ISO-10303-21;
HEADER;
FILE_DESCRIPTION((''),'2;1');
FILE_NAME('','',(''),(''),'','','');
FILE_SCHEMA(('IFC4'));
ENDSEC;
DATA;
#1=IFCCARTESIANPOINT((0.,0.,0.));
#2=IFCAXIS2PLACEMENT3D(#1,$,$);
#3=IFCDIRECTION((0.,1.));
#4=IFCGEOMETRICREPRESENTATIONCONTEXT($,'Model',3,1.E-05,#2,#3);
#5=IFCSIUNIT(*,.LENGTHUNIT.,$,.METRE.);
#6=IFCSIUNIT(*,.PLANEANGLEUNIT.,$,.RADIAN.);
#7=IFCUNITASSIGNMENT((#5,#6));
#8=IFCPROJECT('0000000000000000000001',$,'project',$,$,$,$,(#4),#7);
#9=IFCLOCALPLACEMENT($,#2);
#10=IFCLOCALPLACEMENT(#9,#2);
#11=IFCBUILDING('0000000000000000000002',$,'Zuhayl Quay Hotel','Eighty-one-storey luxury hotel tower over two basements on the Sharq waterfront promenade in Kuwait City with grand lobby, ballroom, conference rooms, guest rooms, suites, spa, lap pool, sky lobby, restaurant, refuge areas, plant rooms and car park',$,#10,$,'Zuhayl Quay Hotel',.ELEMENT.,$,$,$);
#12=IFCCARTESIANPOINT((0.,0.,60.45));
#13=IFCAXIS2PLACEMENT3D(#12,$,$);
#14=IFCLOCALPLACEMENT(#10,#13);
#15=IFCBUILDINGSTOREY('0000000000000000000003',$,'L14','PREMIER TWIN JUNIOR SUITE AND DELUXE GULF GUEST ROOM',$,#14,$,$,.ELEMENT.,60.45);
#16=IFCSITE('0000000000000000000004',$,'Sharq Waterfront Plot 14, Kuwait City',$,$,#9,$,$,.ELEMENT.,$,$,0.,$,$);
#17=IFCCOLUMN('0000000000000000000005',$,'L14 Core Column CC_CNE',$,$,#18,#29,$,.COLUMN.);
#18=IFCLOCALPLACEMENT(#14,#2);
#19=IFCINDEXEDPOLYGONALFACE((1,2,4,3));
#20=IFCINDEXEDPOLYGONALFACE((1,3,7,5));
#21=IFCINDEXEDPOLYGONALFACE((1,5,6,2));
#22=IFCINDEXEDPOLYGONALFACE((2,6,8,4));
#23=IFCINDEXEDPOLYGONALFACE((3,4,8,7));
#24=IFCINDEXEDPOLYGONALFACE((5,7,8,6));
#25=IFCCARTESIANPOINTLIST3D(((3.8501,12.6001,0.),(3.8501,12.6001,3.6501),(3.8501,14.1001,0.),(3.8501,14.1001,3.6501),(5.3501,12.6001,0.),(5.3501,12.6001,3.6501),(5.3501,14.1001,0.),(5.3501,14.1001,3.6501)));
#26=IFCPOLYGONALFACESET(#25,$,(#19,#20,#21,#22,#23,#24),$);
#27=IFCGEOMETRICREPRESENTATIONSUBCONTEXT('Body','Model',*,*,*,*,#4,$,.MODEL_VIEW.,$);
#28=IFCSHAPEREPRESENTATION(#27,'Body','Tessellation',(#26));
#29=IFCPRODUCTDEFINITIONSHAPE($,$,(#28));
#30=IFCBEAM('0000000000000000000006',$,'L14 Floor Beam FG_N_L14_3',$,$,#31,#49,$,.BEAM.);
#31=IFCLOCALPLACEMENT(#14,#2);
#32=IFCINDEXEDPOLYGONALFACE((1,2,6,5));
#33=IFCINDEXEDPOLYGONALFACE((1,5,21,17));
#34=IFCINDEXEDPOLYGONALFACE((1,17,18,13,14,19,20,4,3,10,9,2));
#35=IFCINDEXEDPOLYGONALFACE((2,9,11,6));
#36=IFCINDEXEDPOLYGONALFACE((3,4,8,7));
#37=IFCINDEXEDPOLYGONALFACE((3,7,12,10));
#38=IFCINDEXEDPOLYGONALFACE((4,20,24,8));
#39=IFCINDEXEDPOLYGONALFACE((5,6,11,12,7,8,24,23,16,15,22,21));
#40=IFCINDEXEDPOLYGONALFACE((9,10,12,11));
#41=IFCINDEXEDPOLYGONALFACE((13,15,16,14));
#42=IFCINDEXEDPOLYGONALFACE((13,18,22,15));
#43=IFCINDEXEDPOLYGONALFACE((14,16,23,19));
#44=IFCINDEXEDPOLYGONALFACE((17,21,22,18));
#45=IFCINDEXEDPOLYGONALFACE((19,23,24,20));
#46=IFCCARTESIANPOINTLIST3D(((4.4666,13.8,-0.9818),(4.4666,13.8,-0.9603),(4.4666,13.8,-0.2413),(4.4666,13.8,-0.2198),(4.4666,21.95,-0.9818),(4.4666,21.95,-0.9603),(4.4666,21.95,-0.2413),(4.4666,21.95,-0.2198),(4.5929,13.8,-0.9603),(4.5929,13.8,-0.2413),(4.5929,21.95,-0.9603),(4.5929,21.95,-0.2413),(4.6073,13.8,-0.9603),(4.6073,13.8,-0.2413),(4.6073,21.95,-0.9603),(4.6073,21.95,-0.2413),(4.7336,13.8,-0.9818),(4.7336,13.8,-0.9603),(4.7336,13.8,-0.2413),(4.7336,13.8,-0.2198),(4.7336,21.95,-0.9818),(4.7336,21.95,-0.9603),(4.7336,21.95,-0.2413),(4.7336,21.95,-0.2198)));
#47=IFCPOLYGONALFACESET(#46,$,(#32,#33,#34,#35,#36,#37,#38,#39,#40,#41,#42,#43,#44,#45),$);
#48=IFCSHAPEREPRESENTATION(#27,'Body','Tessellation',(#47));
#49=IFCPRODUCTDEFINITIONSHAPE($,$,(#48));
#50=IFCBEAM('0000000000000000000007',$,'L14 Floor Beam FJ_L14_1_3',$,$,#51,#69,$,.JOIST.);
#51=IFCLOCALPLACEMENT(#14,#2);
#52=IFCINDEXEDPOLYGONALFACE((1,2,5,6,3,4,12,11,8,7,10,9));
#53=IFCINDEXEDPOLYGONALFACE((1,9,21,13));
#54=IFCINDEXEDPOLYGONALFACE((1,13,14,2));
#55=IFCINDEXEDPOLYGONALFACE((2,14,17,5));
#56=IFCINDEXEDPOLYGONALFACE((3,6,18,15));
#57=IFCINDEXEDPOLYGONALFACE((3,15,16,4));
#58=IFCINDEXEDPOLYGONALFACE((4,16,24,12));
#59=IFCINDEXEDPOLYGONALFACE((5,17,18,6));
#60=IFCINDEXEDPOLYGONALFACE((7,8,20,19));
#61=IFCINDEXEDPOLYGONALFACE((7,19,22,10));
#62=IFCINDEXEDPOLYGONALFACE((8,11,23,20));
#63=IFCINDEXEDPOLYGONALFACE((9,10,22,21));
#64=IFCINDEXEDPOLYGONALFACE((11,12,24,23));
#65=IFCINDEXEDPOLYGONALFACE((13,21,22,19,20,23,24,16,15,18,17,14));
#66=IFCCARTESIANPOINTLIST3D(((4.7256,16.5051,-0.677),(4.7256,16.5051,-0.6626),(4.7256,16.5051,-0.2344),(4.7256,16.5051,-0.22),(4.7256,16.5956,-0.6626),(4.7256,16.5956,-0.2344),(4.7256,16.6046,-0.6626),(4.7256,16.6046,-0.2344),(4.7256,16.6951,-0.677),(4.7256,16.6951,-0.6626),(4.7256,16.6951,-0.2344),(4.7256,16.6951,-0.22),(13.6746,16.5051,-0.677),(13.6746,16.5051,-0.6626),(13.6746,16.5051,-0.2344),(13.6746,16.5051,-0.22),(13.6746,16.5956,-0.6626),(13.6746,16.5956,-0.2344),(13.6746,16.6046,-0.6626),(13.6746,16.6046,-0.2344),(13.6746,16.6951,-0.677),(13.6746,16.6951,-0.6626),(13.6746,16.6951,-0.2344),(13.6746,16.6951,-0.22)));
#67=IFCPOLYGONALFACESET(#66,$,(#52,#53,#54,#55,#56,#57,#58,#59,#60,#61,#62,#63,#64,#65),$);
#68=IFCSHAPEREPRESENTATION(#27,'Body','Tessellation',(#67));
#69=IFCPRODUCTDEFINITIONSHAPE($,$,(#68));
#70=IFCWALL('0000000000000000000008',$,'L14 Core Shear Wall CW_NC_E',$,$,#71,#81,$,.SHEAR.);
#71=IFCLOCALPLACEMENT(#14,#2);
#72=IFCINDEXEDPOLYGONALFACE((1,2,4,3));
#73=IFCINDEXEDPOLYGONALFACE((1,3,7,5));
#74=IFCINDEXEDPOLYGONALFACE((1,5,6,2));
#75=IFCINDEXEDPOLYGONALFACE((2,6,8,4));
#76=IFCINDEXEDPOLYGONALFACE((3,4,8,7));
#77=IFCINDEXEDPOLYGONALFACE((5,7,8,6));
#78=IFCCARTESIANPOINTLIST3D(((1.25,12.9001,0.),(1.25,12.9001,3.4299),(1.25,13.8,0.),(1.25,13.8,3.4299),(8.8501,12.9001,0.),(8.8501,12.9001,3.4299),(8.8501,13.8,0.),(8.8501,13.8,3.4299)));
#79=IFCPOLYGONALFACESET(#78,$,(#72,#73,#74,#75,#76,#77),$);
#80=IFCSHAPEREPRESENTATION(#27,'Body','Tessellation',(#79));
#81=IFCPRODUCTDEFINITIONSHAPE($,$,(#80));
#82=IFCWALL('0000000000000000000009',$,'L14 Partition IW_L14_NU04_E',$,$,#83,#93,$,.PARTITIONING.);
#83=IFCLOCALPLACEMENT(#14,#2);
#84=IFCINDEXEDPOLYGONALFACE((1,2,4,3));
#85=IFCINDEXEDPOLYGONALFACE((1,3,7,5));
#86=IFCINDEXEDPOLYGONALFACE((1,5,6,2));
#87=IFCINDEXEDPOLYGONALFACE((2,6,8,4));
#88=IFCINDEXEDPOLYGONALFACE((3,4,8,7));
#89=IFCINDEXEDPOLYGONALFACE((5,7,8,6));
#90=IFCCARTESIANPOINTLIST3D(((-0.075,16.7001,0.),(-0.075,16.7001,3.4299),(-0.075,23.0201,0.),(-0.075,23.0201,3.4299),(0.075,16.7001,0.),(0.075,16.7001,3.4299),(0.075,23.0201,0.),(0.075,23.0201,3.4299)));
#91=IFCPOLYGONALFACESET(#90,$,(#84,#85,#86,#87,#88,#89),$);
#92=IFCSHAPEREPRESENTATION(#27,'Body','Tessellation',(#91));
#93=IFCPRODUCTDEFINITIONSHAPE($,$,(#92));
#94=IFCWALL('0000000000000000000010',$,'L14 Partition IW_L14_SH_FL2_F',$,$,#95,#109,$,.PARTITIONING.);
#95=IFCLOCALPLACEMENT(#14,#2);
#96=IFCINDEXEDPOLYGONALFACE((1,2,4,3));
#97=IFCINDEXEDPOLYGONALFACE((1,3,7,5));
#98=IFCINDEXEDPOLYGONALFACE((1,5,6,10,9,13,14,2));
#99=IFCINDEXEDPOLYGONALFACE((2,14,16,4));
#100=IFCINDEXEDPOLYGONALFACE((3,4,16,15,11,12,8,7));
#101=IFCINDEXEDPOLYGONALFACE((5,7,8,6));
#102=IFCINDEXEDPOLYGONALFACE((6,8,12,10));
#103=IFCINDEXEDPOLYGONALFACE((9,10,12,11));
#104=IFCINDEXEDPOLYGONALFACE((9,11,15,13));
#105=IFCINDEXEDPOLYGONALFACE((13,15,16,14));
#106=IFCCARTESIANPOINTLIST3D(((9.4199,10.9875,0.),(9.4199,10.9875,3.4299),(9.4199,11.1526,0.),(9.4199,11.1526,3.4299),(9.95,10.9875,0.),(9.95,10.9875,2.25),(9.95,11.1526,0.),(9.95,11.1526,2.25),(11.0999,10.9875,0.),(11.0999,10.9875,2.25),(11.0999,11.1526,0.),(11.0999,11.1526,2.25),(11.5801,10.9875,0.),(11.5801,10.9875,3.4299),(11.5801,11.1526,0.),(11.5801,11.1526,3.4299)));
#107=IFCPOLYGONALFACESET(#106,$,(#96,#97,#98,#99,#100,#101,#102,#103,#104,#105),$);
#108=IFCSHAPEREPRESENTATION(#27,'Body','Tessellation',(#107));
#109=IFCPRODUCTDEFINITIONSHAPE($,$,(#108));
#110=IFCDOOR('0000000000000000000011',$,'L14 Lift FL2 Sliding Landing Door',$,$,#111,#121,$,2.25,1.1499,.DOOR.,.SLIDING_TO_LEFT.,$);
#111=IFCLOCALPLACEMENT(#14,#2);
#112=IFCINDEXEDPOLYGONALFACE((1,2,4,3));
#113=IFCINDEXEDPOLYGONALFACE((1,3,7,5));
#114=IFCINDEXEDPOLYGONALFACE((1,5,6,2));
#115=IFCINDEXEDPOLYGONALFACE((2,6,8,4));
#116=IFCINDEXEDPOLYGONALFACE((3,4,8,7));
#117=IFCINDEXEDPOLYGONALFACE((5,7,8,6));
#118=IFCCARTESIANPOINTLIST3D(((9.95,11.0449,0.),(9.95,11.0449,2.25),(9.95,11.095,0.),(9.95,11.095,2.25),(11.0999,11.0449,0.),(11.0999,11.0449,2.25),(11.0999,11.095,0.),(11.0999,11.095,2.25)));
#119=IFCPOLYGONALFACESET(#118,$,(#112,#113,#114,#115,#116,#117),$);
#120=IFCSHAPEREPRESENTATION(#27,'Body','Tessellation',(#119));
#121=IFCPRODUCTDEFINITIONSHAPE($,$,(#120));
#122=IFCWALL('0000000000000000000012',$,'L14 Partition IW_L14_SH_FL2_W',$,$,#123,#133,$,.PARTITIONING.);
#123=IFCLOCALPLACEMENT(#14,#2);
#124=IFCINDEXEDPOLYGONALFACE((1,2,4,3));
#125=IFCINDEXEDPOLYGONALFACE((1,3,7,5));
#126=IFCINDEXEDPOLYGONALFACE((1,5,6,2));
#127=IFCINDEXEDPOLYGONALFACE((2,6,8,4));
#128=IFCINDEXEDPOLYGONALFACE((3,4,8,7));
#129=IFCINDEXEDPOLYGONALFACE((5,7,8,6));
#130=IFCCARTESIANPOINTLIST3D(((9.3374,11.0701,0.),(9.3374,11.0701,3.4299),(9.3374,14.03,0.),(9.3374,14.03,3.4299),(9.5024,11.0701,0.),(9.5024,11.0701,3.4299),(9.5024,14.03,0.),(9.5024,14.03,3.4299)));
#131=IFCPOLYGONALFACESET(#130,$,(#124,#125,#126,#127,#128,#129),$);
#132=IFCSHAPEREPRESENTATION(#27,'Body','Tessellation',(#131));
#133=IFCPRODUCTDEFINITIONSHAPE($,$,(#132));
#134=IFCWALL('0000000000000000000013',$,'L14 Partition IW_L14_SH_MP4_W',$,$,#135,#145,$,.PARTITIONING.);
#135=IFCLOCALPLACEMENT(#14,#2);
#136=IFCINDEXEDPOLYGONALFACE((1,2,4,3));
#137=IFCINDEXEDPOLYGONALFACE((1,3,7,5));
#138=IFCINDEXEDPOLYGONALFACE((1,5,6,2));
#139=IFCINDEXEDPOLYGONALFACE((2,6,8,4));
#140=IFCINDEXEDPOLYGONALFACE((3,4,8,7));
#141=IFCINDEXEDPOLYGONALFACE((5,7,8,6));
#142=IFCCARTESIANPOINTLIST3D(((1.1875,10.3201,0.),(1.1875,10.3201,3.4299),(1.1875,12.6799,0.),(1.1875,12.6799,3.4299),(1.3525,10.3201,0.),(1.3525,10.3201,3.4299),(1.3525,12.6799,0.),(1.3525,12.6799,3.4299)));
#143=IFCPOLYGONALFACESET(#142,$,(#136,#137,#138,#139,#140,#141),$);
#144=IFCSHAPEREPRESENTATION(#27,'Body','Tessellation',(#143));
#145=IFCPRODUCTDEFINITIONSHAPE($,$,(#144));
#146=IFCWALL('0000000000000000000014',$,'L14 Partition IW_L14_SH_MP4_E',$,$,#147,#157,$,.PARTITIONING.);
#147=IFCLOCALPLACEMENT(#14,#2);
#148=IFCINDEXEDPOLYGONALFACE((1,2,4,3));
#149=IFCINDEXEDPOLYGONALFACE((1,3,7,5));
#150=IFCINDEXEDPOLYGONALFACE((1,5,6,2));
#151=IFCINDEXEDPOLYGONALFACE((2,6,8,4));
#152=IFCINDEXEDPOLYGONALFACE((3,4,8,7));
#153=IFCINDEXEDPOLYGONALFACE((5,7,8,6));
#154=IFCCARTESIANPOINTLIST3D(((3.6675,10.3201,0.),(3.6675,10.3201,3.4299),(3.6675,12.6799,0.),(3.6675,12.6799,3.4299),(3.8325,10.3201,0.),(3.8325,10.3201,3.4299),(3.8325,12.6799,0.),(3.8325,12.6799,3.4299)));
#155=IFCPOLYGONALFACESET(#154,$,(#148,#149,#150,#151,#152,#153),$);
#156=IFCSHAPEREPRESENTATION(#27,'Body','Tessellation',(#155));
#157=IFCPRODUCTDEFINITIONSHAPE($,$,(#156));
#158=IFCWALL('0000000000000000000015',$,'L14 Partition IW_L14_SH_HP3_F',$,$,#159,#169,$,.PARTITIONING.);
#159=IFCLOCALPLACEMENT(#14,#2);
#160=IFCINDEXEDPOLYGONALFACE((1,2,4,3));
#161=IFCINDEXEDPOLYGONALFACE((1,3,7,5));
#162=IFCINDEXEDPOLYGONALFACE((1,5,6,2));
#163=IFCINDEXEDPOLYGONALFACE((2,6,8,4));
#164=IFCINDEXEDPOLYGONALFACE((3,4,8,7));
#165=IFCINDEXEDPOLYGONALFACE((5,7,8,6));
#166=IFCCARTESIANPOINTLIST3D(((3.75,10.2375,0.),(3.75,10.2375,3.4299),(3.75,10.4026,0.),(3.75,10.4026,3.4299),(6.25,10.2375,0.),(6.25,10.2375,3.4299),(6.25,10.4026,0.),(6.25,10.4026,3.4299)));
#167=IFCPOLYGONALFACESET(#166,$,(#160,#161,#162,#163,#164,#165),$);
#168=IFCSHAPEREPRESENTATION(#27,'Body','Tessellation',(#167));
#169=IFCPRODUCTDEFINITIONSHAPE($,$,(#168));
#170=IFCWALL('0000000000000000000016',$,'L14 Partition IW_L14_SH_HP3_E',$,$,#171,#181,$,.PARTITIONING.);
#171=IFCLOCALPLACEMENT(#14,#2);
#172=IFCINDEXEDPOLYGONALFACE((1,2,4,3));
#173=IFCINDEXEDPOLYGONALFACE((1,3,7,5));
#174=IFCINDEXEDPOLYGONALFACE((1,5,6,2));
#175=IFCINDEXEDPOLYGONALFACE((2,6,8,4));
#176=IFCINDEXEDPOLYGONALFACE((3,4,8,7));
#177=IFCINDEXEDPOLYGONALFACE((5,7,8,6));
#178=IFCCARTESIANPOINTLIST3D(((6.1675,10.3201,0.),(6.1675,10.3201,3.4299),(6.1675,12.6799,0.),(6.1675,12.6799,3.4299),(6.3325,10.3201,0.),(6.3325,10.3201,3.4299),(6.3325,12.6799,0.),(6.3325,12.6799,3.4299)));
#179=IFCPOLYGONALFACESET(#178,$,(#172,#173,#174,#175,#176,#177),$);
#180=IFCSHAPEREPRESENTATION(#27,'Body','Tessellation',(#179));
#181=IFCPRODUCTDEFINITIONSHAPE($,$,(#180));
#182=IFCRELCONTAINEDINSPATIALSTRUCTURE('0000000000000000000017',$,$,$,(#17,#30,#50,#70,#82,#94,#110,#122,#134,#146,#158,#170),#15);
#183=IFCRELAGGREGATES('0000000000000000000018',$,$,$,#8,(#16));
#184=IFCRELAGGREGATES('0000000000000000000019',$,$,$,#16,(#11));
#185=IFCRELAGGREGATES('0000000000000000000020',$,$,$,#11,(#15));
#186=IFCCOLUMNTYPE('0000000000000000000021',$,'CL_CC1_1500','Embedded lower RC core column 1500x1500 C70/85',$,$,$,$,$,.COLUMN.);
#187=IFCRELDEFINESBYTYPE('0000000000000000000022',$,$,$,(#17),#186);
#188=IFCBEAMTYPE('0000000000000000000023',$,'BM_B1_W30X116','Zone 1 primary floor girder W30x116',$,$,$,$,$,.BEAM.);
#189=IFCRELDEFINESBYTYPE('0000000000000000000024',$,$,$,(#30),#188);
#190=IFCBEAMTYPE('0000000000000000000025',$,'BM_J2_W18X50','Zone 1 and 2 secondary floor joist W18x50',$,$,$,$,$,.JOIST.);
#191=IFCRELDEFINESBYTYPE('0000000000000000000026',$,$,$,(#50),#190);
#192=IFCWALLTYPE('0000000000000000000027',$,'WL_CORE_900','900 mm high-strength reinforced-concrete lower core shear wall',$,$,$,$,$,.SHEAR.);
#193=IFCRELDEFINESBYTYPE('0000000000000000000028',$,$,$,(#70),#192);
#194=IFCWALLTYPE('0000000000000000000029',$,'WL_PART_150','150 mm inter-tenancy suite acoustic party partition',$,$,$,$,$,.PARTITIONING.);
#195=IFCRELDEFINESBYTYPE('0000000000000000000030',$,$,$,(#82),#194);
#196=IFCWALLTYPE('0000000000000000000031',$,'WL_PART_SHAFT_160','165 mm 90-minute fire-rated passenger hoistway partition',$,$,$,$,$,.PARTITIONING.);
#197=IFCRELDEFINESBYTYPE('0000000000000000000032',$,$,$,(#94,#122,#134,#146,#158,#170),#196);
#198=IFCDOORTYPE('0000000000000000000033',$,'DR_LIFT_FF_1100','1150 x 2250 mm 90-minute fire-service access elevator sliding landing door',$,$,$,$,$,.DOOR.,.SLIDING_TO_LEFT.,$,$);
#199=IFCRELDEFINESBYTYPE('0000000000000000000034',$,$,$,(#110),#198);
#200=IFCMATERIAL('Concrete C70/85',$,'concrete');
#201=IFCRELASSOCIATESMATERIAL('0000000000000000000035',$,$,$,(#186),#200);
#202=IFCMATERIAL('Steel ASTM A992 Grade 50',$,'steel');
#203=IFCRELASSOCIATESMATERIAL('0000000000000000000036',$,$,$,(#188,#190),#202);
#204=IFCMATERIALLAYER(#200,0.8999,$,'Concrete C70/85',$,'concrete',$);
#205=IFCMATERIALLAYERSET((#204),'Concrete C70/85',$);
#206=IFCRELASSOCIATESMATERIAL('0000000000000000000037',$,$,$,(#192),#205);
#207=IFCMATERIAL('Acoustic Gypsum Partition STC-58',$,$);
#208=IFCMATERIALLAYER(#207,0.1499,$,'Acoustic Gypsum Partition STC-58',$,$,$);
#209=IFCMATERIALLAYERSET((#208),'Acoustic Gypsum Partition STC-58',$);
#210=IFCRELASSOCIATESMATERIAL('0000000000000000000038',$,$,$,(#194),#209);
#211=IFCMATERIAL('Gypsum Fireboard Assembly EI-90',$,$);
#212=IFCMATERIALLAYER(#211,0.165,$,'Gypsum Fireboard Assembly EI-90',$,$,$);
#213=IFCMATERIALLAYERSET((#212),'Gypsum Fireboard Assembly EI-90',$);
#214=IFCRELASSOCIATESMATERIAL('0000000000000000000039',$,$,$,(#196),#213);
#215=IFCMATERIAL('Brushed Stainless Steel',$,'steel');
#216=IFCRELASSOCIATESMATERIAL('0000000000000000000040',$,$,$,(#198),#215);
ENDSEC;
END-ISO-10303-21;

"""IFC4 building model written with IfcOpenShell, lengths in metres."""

from ifc_helpers import new_model, si_unit, direction, frame, frame_2d, origin, origin_2d, place, context, subcontext, project, spatial, rectangle, i_section, extrude, material, layer, layer_set, material_profile, profile_set, type_object, element, fill, save


model = new_model("IFC4")

# Units and contexts
model_context = context("Model", 3, precision=1e-05, world=origin(), true_north=direction((0.0, 1.0)))
body_context = subcontext(model_context, "Body", "Model", "MODEL_VIEW")
ifc_project = project(units=[si_unit("LENGTHUNIT", "METRE"), si_unit("PLANEANGLEUNIT", "RADIAN")], contexts=[model_context])

# Site, building, storey
site_placement = place(None, origin())
site = spatial("IfcSite", under=ifc_project, at=site_placement, Name="Sharq Waterfront Plot 14, Kuwait City", CompositionType="ELEMENT", RefElevation=0.0)
building_placement = place(site_placement, origin())
building = spatial("IfcBuilding", under=site, at=building_placement, Name="Zuhayl Quay Hotel", Description="Eighty-one-storey luxury hotel tower over two basements on the Sharq waterfront promenade in Kuwait City with grand lobby, ballroom, conference rooms, guest rooms, suites, spa, lap pool, sky lobby, restaurant, refuge areas, plant rooms and car park", LongName="Zuhayl Quay Hotel", CompositionType="ELEMENT")
storey_placement = place(building_placement, frame((0.0, 0.0, 60.45)))
storey = spatial("IfcBuildingStorey", under=building, at=storey_placement, Name="L14", Description="PREMIER TWIN JUNIOR SUITE AND DELUXE GULF GUEST ROOM", CompositionType="ELEMENT", Elevation=60.45)

# Column
ifc_material_1 = material(Name="Concrete C70/85", Category="concrete")
ifc_material_profile_1 = material_profile(ifc_material_1, rectangle(XDim=1.5, YDim=1.5, at=origin_2d()), Name="RC1500X1500")
ifc_profile_set_1 = profile_set([ifc_material_profile_1], Name="Concrete C70/85")
column_type = type_object("IfcColumnType", Name="CL_CC1_1500", Description="Embedded lower RC core column 1500x1500 C70/85", PredefinedType="COLUMN", material=ifc_profile_set_1)
column_placement = place(storey_placement, frame((4.6001, 13.3501, 0.0), z_axis=(0.0, 0.0, 1.0), x_axis=(1.0, 0.0, 0.0)))
element("IfcColumn", 1, at=column_placement, inside=storey, type_object=column_type, Name="L14 Core Column CC_CNE", PredefinedType="COLUMN", context=body_context, shape_type="SweptSolid", body=[
    extrude(rectangle(XDim=1.5, YDim=1.5, at=origin_2d()), origin(), (0.0, 0.0, 1.0), 3.6501),
])

# Beams
ifc_material_2 = material(Name="Steel ASTM A992 Grade 50", Category="steel")
ifc_material_profile_2 = material_profile(ifc_material_2, i_section(OverallWidth=0.2671, OverallDepth=0.762, WebThickness=0.0144, FlangeThickness=0.0215, at=origin_2d()), Name="W30X116")
ifc_profile_set_2 = profile_set([ifc_material_profile_2], Name="Steel ASTM A992 Grade 50")
beam_type_1 = type_object("IfcBeamType", Name="BM_B1_W30X116", Description="Zone 1 primary floor girder W30x116", PredefinedType="BEAM", material=ifc_profile_set_2)
beam_1_placement = place(storey_placement, frame((4.6001, 13.8, -0.6008), z_axis=(0.0, 1.0, 0.0), x_axis=(-1.0, 0.0, 0.0)))
element("IfcBeam", 2, at=beam_1_placement, inside=storey, type_object=beam_type_1, Name="L14 Floor Beam FG_N_L14_3", PredefinedType="BEAM", context=body_context, shape_type="SweptSolid", body=[
    extrude(i_section(OverallWidth=0.2671, OverallDepth=0.762, WebThickness=0.0144, FlangeThickness=0.0215, at=origin_2d()), origin(), (0.0, 0.0, 1.0), 8.1499),
])
ifc_material_profile_3 = material_profile(ifc_material_2, i_section(OverallWidth=0.1899, OverallDepth=0.457, WebThickness=0.009, FlangeThickness=0.0144, at=origin_2d()), Name="W18X50")
ifc_profile_set_3 = profile_set([ifc_material_profile_3], Name="Steel ASTM A992 Grade 50")
beam_type_2 = type_object("IfcBeamType", Name="BM_J2_W18X50", Description="Zone 1 and 2 secondary floor joist W18x50", PredefinedType="JOIST", material=ifc_profile_set_3)
beam_2_placement = place(storey_placement, frame((4.7256, 16.6001, -0.4485), z_axis=(1.0, 0.0, 0.0), x_axis=(0.0, 1.0, 0.0)))
element("IfcBeam", 3, at=beam_2_placement, inside=storey, type_object=beam_type_2, Name="L14 Floor Beam FJ_L14_1_3", PredefinedType="JOIST", context=body_context, shape_type="SweptSolid", body=[
    extrude(i_section(OverallWidth=0.1899, OverallDepth=0.457, WebThickness=0.009, FlangeThickness=0.0144, at=origin_2d()), origin(), (0.0, 0.0, 1.0), 8.949),
])

# Walls
ifc_layer_1 = layer(ifc_material_1, 0.8999, Name="Concrete C70/85", Category="concrete")
ifc_layer_set_1 = layer_set([ifc_layer_1], Name="Concrete C70/85")
wall_type_1 = type_object("IfcWallType", Name="WL_CORE_900", Description="900 mm high-strength reinforced-concrete lower core shear wall", PredefinedType="SHEAR", material=ifc_layer_set_1)
wall_1_placement = place(storey_placement, frame((1.25, 13.3501, 0.0), z_axis=(0.0, 0.0, 1.0), x_axis=(1.0, 0.0, 0.0)))
element("IfcWall", 4, at=wall_1_placement, inside=storey, type_object=wall_type_1, Name="L14 Core Shear Wall CW_NC_E", PredefinedType="SHEAR", context=body_context, shape_type="SweptSolid", body=[
    extrude(rectangle(XDim=7.6001, YDim=0.8999, at=frame_2d((3.8, 0.0))), origin(), (0.0, 0.0, 1.0), 3.4299),
])
ifc_material_3 = material(Name="Acoustic Gypsum Partition STC-58")
ifc_layer_2 = layer(ifc_material_3, 0.1499, Name="Acoustic Gypsum Partition STC-58")
ifc_layer_set_2 = layer_set([ifc_layer_2], Name="Acoustic Gypsum Partition STC-58")
wall_type_2 = type_object("IfcWallType", Name="WL_PART_150", Description="150 mm inter-tenancy suite acoustic party partition", PredefinedType="PARTITIONING", material=ifc_layer_set_2)
wall_2_placement = place(storey_placement, frame((0.0, 16.7, 0.0), z_axis=(0.0, 0.0, 1.0), x_axis=(0.0, 1.0, 0.0)))
element("IfcWall", 5, at=wall_2_placement, inside=storey, type_object=wall_type_2, Name="L14 Partition IW_L14_NU04_E", PredefinedType="PARTITIONING", context=body_context, shape_type="SweptSolid", body=[
    extrude(rectangle(XDim=6.3201, YDim=0.1499, at=frame_2d((3.1602, 0.0))), origin(), (0.0, 0.0, 1.0), 3.4299),
])

# Wall, opening, door
ifc_material_4 = material(Name="Gypsum Fireboard Assembly EI-90")
ifc_layer_3 = layer(ifc_material_4, 0.165, Name="Gypsum Fireboard Assembly EI-90")
ifc_layer_set_3 = layer_set([ifc_layer_3], Name="Gypsum Fireboard Assembly EI-90")
wall_type_3 = type_object("IfcWallType", Name="WL_PART_SHAFT_160", Description="165 mm 90-minute fire-rated passenger hoistway partition", PredefinedType="PARTITIONING", material=ifc_layer_set_3)
wall_3_placement = place(storey_placement, frame((9.4199, 11.0701, 0.0), z_axis=(0.0, 0.0, 1.0), x_axis=(1.0, 0.0, 0.0)))
wall_3 = element("IfcWall", 6, at=wall_3_placement, inside=storey, type_object=wall_type_3, Name="L14 Partition IW_L14_SH_FL2_F", PredefinedType="PARTITIONING", context=body_context, shape_type="SweptSolid", body=[
    extrude(rectangle(XDim=2.1602, YDim=0.165, at=frame_2d((1.0801, 0.0))), origin(), (0.0, 0.0, 1.0), 3.4299),
])
opening_1_placement = place(wall_3_placement, frame((0.53, 0.0, 0.0)))
opening_1 = element("IfcOpeningElement", 7, at=opening_1_placement, cuts=wall_3, PredefinedType="OPENING", context=body_context, shape_type="SweptSolid", body=[
    extrude(rectangle(XDim=1.1499, YDim=2.25, at=frame_2d((0.575, 1.125))), frame((0.0, 0.0925, 0.0), z_axis=(0.0, -1.0, 0.0), x_axis=(1.0, 0.0, 0.0)), (0.0, 0.0, 1.0), 0.1851),
])
ifc_material_5 = material(Name="Brushed Stainless Steel", Category="steel")
door_type_1 = type_object("IfcDoorType", Name="DR_LIFT_FF_1100", Description="1150 x 2250 mm 90-minute fire-service access elevator sliding landing door", OperationType="SLIDING_TO_LEFT", PredefinedType="DOOR", material=ifc_material_5)
door_1_placement = place(opening_1_placement, origin())
door_1 = element("IfcDoor", 8, at=door_1_placement, inside=storey, type_object=door_type_1, Name="L14 Lift FL2 Sliding Landing Door", OperationType="SLIDING_TO_LEFT", OverallHeight=2.25, OverallWidth=1.1499, PredefinedType="DOOR", context=body_context, shape_type="SweptSolid", body=[
    extrude(rectangle(XDim=1.1499, YDim=2.25, at=frame_2d((0.575, 1.125))), frame((0.0, 0.0249, 0.0), z_axis=(0.0, -1.0, 0.0), x_axis=(1.0, 0.0, 0.0)), (0.0, 0.0, 1.0), 0.05),
])
fill(opening_1, door_1)

# Walls
wall_4_placement = place(storey_placement, frame((9.4199, 11.0701, 0.0), z_axis=(0.0, 0.0, 1.0), x_axis=(0.0, 1.0, 0.0)))
element("IfcWall", 9, at=wall_4_placement, inside=storey, type_object=wall_type_3, Name="L14 Partition IW_L14_SH_FL2_W", PredefinedType="PARTITIONING", context=body_context, shape_type="SweptSolid", body=[
    extrude(rectangle(XDim=2.96, YDim=0.165, at=frame_2d((1.48, 0.0))), origin(), (0.0, 0.0, 1.0), 3.4299),
])
for number, where, z_axis, x_axis, name in (
    (10, (1.27, 10.3201, 0.0), (0.0, 0.0, 1.0), (0.0, 1.0, 0.0), "L14 Partition IW_L14_SH_MP4_W"),
    (11, (3.75, 10.3201, 0.0), (0.0, 0.0, 1.0), (0.0, 1.0, 0.0), "L14 Partition IW_L14_SH_MP4_E"),
):
    element("IfcWall", number, at=place(storey_placement, frame(where, z_axis=z_axis, x_axis=x_axis)), inside=storey, type_object=wall_type_3, Name=name, PredefinedType="PARTITIONING", context=body_context, shape_type="SweptSolid", body=[
        extrude(rectangle(XDim=2.3599, YDim=0.165, at=frame_2d((1.1799, 0.0))), origin(), (0.0, 0.0, 1.0), 3.4299),
    ])
wall_5_placement = place(storey_placement, frame((3.75, 10.3201, 0.0), z_axis=(0.0, 0.0, 1.0), x_axis=(1.0, 0.0, 0.0)))
element("IfcWall", 12, at=wall_5_placement, inside=storey, type_object=wall_type_3, Name="L14 Partition IW_L14_SH_HP3_F", PredefinedType="PARTITIONING", context=body_context, shape_type="SweptSolid", body=[
    extrude(rectangle(XDim=2.5, YDim=0.165, at=frame_2d((1.25, 0.0))), origin(), (0.0, 0.0, 1.0), 3.4299),
])
wall_6_placement = place(storey_placement, frame((6.25, 10.3201, 0.0), z_axis=(0.0, 0.0, 1.0), x_axis=(0.0, 1.0, 0.0)))
element("IfcWall", 13, at=wall_6_placement, inside=storey, type_object=wall_type_3, Name="L14 Partition IW_L14_SH_HP3_E", PredefinedType="PARTITIONING", context=body_context, shape_type="SweptSolid", body=[
    extrude(rectangle(XDim=2.3599, YDim=0.165, at=frame_2d((1.1799, 0.0))), origin(), (0.0, 0.0, 1.0), 3.4299),
])

save(model, "model.ifc")
